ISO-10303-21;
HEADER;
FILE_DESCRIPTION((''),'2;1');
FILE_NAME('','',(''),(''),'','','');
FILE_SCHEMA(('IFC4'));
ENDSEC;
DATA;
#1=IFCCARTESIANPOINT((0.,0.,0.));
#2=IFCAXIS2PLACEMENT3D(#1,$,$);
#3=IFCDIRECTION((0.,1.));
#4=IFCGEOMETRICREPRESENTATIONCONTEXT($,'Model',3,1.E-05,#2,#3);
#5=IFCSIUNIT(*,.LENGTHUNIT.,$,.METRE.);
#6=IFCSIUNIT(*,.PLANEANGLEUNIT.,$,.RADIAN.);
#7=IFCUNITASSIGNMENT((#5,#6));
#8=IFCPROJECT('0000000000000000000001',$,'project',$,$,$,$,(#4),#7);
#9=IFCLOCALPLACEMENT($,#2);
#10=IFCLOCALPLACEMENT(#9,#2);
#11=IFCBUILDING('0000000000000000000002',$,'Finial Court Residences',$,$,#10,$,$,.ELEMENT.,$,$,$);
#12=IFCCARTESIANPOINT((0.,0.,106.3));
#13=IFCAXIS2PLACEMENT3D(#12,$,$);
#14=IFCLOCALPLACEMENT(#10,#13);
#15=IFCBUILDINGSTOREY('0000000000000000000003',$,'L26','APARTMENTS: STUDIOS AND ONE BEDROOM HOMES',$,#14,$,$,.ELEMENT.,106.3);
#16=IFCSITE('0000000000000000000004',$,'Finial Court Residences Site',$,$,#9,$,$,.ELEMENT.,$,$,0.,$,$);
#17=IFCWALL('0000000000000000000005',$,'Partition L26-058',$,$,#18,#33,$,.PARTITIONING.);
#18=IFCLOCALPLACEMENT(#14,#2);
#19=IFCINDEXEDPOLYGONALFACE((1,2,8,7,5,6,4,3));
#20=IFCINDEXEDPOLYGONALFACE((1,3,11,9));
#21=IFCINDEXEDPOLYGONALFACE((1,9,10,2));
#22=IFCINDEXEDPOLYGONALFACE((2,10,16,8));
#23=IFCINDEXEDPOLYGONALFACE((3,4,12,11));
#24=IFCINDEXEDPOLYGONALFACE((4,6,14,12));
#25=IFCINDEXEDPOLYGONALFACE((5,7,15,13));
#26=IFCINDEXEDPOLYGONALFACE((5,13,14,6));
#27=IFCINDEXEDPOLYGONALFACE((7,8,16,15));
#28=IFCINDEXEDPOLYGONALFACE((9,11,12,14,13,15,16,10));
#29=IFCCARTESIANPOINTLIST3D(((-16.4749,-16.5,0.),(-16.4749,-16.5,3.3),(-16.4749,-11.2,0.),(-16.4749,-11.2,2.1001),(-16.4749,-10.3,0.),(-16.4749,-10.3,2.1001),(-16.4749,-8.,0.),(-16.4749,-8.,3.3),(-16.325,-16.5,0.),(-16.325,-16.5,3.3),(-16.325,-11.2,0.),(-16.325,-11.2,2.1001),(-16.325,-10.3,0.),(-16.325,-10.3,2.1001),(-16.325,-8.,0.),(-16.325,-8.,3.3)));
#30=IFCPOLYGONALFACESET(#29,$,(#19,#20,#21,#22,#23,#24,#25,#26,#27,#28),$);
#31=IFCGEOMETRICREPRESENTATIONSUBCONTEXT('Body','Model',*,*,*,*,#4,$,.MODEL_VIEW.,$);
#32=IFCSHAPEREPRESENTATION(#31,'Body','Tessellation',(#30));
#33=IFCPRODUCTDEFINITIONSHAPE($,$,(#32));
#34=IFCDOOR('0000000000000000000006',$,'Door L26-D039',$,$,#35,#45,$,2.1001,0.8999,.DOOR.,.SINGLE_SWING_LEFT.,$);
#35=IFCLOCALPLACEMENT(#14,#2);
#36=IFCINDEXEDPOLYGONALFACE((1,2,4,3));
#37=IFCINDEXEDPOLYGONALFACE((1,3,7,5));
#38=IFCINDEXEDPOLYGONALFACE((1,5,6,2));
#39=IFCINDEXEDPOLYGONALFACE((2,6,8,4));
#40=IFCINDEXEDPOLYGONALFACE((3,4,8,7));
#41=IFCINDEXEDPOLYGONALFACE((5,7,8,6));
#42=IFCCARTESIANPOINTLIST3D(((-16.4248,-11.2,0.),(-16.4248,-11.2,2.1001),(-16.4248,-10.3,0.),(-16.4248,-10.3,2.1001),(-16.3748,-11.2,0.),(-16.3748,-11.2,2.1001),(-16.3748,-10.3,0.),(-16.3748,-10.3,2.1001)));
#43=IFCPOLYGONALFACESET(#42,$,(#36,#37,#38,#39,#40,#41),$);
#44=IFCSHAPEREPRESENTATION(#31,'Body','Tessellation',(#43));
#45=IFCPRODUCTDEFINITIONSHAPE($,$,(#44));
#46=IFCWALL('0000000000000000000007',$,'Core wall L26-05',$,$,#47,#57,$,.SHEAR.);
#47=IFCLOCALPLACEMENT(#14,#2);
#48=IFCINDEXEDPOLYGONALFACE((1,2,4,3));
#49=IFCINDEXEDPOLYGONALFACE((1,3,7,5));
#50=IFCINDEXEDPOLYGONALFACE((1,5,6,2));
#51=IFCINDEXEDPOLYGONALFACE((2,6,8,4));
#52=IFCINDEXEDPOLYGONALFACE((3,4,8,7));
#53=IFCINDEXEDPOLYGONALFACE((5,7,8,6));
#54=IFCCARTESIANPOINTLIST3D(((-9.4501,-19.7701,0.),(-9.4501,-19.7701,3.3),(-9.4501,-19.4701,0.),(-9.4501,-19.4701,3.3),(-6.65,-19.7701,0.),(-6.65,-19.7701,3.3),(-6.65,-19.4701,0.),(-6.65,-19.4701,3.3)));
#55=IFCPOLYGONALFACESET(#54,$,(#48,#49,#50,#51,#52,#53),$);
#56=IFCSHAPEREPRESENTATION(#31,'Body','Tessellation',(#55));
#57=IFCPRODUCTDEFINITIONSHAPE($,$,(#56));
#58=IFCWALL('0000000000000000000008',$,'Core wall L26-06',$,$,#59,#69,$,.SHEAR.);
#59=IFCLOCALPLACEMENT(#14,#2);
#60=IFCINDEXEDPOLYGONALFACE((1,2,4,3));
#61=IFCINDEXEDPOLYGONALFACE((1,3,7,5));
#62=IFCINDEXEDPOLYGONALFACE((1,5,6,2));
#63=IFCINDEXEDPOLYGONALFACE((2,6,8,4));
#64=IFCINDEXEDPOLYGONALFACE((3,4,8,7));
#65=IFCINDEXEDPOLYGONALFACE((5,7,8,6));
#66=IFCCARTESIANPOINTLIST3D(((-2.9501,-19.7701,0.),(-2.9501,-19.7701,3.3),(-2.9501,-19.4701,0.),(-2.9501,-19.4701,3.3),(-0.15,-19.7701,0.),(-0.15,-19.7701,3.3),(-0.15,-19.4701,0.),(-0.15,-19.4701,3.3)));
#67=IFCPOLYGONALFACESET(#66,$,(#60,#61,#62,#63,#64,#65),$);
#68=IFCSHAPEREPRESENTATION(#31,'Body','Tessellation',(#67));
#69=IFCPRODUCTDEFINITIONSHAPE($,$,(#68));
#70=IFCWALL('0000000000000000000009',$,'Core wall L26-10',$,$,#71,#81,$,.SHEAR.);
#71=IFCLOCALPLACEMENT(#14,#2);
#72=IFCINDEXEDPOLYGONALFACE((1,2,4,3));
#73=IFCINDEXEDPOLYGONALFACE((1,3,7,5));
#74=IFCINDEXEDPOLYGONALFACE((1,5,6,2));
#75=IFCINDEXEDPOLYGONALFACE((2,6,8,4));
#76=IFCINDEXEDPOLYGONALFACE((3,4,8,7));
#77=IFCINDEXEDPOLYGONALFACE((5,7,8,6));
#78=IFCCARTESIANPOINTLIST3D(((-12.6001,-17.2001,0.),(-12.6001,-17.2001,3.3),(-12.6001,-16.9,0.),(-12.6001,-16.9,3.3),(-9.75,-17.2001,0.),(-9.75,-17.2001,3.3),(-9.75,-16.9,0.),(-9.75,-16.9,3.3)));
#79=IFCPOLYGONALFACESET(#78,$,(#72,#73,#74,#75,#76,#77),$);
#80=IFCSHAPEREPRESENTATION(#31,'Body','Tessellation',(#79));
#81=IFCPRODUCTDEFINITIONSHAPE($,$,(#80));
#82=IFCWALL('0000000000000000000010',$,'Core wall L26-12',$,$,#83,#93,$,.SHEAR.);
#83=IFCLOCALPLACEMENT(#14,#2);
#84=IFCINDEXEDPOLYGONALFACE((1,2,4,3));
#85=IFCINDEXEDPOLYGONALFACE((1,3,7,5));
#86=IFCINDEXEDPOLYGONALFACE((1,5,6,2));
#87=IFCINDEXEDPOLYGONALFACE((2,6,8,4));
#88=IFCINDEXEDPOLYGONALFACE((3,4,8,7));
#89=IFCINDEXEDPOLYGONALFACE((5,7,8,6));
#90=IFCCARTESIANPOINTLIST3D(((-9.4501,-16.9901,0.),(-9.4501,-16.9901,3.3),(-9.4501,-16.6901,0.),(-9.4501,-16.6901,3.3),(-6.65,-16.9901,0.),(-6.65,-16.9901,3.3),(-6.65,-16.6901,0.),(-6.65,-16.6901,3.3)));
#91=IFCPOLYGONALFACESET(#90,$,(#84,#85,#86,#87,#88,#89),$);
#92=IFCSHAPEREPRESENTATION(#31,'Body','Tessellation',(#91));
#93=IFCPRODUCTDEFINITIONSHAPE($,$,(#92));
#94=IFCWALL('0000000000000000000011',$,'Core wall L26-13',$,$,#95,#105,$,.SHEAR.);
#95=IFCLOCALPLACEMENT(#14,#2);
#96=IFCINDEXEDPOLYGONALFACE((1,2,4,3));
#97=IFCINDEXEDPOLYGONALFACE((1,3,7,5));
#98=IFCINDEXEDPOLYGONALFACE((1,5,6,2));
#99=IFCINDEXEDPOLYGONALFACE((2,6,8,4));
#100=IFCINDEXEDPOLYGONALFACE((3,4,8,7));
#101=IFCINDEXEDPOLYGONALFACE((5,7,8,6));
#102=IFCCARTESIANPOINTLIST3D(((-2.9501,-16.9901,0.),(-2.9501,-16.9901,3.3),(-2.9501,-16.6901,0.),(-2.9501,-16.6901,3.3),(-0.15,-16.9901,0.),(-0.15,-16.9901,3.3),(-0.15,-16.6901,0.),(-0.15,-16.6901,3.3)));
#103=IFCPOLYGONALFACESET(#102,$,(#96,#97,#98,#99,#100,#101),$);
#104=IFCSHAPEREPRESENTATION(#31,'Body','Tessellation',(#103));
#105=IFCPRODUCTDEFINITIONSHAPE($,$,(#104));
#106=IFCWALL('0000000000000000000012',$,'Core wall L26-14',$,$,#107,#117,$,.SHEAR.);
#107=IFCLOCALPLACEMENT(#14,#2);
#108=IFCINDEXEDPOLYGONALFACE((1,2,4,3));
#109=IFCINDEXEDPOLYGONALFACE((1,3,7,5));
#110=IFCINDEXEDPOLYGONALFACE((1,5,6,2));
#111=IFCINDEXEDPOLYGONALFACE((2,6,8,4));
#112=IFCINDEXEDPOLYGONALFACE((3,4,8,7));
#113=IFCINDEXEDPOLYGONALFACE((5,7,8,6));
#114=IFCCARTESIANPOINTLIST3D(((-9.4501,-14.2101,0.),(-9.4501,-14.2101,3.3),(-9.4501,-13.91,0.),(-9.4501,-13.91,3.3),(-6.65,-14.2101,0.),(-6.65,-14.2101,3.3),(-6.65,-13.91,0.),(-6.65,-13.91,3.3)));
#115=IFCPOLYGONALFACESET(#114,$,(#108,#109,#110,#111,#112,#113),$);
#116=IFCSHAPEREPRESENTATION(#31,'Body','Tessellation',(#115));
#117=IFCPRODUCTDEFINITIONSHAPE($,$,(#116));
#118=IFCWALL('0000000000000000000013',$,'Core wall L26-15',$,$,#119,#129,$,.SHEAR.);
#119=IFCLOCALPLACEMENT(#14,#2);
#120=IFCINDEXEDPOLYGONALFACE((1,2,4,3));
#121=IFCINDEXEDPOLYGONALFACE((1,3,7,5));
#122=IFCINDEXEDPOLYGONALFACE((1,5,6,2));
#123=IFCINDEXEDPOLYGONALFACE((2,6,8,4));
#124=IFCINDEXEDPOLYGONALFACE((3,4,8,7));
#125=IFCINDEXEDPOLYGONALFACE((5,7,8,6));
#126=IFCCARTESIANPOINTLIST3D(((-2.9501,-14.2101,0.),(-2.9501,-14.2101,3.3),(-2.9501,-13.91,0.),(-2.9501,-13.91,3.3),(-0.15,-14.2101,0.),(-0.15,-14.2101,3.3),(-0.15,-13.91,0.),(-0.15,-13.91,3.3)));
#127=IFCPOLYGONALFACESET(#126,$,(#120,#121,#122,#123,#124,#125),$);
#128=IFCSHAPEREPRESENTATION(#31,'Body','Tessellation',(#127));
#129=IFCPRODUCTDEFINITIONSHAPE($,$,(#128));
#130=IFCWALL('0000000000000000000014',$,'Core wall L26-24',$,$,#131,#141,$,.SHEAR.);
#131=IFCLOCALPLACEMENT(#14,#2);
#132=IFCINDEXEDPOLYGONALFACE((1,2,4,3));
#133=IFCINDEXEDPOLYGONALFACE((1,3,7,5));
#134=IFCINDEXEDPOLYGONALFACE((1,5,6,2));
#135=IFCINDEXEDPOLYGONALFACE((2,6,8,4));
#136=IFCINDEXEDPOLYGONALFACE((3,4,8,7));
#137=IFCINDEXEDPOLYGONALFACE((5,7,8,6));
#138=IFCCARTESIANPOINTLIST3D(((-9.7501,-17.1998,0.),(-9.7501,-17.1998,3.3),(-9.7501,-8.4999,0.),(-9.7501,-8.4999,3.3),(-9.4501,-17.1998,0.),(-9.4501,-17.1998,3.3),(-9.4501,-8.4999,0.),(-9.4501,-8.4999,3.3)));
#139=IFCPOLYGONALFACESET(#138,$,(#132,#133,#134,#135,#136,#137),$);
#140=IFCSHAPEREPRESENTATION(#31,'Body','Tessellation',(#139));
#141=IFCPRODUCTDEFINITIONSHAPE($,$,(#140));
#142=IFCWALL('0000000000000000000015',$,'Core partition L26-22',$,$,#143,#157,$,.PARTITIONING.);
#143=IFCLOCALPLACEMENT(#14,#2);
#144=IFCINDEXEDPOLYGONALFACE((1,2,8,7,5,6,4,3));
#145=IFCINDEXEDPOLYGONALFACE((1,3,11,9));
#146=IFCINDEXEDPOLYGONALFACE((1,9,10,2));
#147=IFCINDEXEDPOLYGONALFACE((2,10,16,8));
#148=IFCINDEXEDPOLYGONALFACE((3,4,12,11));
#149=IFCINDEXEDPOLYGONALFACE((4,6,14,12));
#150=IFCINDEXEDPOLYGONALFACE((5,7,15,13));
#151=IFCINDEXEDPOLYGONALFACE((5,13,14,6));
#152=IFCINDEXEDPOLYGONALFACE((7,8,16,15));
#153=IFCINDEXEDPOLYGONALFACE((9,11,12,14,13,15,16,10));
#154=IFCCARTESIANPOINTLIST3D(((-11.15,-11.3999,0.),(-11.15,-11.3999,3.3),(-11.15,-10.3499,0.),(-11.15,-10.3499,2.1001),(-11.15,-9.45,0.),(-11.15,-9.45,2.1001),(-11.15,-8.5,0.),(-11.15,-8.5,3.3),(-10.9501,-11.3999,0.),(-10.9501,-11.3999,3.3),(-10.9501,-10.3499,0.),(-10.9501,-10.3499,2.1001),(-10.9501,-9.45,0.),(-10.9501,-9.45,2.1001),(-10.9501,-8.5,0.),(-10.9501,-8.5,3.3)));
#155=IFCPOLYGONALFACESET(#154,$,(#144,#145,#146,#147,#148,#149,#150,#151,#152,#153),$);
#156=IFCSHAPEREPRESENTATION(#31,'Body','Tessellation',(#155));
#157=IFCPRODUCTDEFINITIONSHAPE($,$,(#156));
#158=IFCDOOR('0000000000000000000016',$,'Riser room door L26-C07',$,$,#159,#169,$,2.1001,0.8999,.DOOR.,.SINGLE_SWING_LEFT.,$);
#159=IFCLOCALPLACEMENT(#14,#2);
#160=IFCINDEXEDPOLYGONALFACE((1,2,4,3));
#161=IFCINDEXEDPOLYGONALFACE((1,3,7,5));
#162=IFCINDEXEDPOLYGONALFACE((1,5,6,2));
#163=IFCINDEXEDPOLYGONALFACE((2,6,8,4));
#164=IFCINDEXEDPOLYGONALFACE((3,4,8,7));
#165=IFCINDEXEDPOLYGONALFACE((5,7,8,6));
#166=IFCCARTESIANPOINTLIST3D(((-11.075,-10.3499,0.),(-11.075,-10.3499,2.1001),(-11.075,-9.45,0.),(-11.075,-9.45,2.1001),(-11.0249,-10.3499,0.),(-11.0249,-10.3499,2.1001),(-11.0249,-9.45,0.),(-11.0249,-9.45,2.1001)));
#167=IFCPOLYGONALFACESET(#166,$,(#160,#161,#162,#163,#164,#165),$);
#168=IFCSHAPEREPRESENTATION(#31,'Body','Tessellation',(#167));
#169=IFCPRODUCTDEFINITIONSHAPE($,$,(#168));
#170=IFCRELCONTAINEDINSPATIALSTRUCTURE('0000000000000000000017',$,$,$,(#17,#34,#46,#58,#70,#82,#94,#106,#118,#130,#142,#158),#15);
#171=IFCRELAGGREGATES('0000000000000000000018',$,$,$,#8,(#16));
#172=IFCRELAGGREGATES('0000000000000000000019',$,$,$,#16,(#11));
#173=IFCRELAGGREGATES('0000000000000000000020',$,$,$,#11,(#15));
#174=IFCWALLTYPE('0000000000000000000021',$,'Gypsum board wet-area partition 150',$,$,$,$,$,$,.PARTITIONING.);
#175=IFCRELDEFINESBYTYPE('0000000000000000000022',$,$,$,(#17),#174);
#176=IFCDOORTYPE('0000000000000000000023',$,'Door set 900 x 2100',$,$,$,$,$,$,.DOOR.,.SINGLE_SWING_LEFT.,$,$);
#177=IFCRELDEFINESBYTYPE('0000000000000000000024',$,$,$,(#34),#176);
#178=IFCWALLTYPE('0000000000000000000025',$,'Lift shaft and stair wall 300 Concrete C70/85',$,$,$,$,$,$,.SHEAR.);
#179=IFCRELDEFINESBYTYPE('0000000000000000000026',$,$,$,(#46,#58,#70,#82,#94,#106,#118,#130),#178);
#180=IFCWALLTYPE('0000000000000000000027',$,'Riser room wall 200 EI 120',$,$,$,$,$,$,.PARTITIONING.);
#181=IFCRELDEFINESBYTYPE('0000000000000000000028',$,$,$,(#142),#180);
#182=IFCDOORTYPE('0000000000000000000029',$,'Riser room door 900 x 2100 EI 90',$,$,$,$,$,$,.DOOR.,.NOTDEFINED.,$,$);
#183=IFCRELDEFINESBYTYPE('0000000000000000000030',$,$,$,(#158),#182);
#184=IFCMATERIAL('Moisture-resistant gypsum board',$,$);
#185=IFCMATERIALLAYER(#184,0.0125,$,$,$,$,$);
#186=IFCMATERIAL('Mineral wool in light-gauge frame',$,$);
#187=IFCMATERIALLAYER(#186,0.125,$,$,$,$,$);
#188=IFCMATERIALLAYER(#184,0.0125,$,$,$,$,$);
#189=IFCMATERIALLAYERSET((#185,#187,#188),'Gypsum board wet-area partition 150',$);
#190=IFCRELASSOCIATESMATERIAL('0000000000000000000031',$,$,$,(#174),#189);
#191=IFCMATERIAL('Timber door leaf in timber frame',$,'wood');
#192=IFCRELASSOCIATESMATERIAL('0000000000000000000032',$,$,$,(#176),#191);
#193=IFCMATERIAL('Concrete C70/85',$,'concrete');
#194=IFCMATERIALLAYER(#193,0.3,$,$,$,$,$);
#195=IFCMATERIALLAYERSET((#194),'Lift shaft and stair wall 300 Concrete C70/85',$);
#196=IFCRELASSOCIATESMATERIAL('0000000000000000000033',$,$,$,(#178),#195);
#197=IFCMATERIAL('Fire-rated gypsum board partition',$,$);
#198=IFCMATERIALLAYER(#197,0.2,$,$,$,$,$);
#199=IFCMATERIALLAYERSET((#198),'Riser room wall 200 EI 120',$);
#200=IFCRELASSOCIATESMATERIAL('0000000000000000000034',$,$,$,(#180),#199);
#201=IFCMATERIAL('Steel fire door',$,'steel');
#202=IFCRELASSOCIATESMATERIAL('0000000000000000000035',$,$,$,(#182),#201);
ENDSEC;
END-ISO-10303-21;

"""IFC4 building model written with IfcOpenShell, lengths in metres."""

from ifc_helpers import new_model, si_unit, direction, frame, frame_2d, origin, place, context, subcontext, project, spatial, rectangle, extrude, material, layer, layer_set, type_object, element, fill, save


model = new_model("IFC4")

# Units and contexts
model_context = context("Model", 3, precision=1e-05, world=origin(), true_north=direction((0.0, 1.0)))
body_context = subcontext(model_context, "Body", "Model", "MODEL_VIEW")
ifc_project = project(units=[si_unit("LENGTHUNIT", "METRE"), si_unit("PLANEANGLEUNIT", "RADIAN")], contexts=[model_context])

# Site, building, storey
site_placement = place(None, origin())
site = spatial("IfcSite", under=ifc_project, at=site_placement, Name="Finial Court Residences Site", CompositionType="ELEMENT", RefElevation=0.0)
building_placement = place(site_placement, origin())
building = spatial("IfcBuilding", under=site, at=building_placement, Name="Finial Court Residences", CompositionType="ELEMENT")
storey_placement = place(building_placement, frame((0.0, 0.0, 106.3)))
storey = spatial("IfcBuildingStorey", under=building, at=storey_placement, Name="L26", Description="APARTMENTS: STUDIOS AND ONE BEDROOM HOMES", CompositionType="ELEMENT", Elevation=106.3)

# Wall, opening, door
ifc_material_1 = material(Name="Moisture-resistant gypsum board")
ifc_layer_1 = layer(ifc_material_1, 0.0125)
ifc_material_2 = material(Name="Mineral wool in light-gauge frame")
ifc_layer_2 = layer(ifc_material_2, 0.125)
ifc_layer_3 = layer(ifc_material_1, 0.0125)
ifc_layer_set_1 = layer_set([ifc_layer_1, ifc_layer_2, ifc_layer_3], Name="Gypsum board wet-area partition 150")
wall_type_1 = type_object("IfcWallType", Name="Gypsum board wet-area partition 150", PredefinedType="PARTITIONING", material=ifc_layer_set_1)
wall_1_placement = place(storey_placement, frame((-16.3999, -16.5, 0.0), z_axis=(0.0, 0.0, 1.0), x_axis=(0.0, 1.0, 0.0)))
wall_1 = element("IfcWall", 1, at=wall_1_placement, inside=storey, type_object=wall_type_1, Name="Partition L26-058", PredefinedType="PARTITIONING", context=body_context, shape_type="SweptSolid", body=[
    extrude(rectangle(XDim=8.5, YDim=0.1499, at=frame_2d((4.25, 0.0))), origin(), (0.0, 0.0, 1.0), 3.3),
])
opening_1_placement = place(wall_1_placement, frame((5.3, 0.0, 0.0)))
opening_1 = element("IfcOpeningElement", 2, at=opening_1_placement, cuts=wall_1, PredefinedType="OPENING", context=body_context, shape_type="SweptSolid", body=[
    extrude(rectangle(XDim=0.8999, YDim=2.1001, at=frame_2d((0.45, 1.05))), frame((0.0, 0.085, 0.0), z_axis=(0.0, -1.0, 0.0), x_axis=(1.0, 0.0, 0.0)), (0.0, 0.0, 1.0), 0.1699),
])
ifc_material_3 = material(Name="Timber door leaf in timber frame", Category="wood")
door_type_1 = type_object("IfcDoorType", Name="Door set 900 x 2100", OperationType="SINGLE_SWING_LEFT", PredefinedType="DOOR", material=ifc_material_3)
door_1_placement = place(opening_1_placement, origin())
door_1 = element("IfcDoor", 3, at=door_1_placement, inside=storey, type_object=door_type_1, Name="Door L26-D039", OperationType="SINGLE_SWING_LEFT", OverallHeight=2.1001, OverallWidth=0.8999, PredefinedType="DOOR", context=body_context, shape_type="SweptSolid", body=[
    extrude(rectangle(XDim=0.8999, YDim=2.1001, at=frame_2d((0.45, 1.05))), frame((0.0, 0.0249, 0.0), z_axis=(0.0, -1.0, 0.0), x_axis=(1.0, 0.0, 0.0)), (0.0, 0.0, 1.0), 0.05),
])
fill(opening_1, door_1)

# Walls
ifc_material_4 = material(Name="Concrete C70/85", Category="concrete")
ifc_layer_4 = layer(ifc_material_4, 0.3)
ifc_layer_set_2 = layer_set([ifc_layer_4], Name="Lift shaft and stair wall 300 Concrete C70/85")
wall_type_2 = type_object("IfcWallType", Name="Lift shaft and stair wall 300 Concrete C70/85", PredefinedType="SHEAR", material=ifc_layer_set_2)
for number, where, z_axis, x_axis, name in (
    (4, (-9.45, -19.6201, 0.0), (0.0, 0.0, 1.0), (1.0, 0.0, 0.0), "Core wall L26-05"),
    (5, (-2.95, -19.6201, 0.0), (0.0, 0.0, 1.0), (1.0, 0.0, 0.0), "Core wall L26-06"),
):
    element("IfcWall", number, at=place(storey_placement, frame(where, z_axis=z_axis, x_axis=x_axis)), inside=storey, type_object=wall_type_2, Name=name, PredefinedType="SHEAR", context=body_context, shape_type="SweptSolid", body=[
        extrude(rectangle(XDim=2.8, YDim=0.3, at=frame_2d((1.3999, 0.0))), origin(), (0.0, 0.0, 1.0), 3.3),
    ])
wall_2_placement = place(storey_placement, frame((-12.6001, -17.05, 0.0), z_axis=(0.0, 0.0, 1.0), x_axis=(1.0, 0.0, 0.0)))
element("IfcWall", 6, at=wall_2_placement, inside=storey, type_object=wall_type_2, Name="Core wall L26-10", PredefinedType="SHEAR", context=body_context, shape_type="SweptSolid", body=[
    extrude(rectangle(XDim=2.8501, YDim=0.3, at=frame_2d((1.425, 0.0))), origin(), (0.0, 0.0, 1.0), 3.3),
])
for number, where, z_axis, x_axis, name in (
    (7, (-9.45, -16.8401, 0.0), (0.0, 0.0, 1.0), (1.0, 0.0, 0.0), "Core wall L26-12"),
    (8, (-2.95, -16.8401, 0.0), (0.0, 0.0, 1.0), (1.0, 0.0, 0.0), "Core wall L26-13"),
    (9, (-9.45, -14.0601, 0.0), (0.0, 0.0, 1.0), (1.0, 0.0, 0.0), "Core wall L26-14"),
    (10, (-2.95, -14.0601, 0.0), (0.0, 0.0, 1.0), (1.0, 0.0, 0.0), "Core wall L26-15"),
):
    element("IfcWall", number, at=place(storey_placement, frame(where, z_axis=z_axis, x_axis=x_axis)), inside=storey, type_object=wall_type_2, Name=name, PredefinedType="SHEAR", context=body_context, shape_type="SweptSolid", body=[
        extrude(rectangle(XDim=2.8, YDim=0.3, at=frame_2d((1.3999, 0.0))), origin(), (0.0, 0.0, 1.0), 3.3),
    ])
wall_3_placement = place(storey_placement, frame((-9.6001, -17.2, 0.0), z_axis=(0.0, 0.0, 1.0), x_axis=(0.0, 1.0, 0.0)))
element("IfcWall", 11, at=wall_3_placement, inside=storey, type_object=wall_type_2, Name="Core wall L26-24", PredefinedType="SHEAR", context=body_context, shape_type="SweptSolid", body=[
    extrude(rectangle(XDim=8.7, YDim=0.3, at=frame_2d((4.3501, 0.0))), origin(), (0.0, 0.0, 1.0), 3.3),
])

# Wall, opening, door
ifc_material_5 = material(Name="Fire-rated gypsum board partition")
ifc_layer_5 = layer(ifc_material_5, 0.2)
ifc_layer_set_3 = layer_set([ifc_layer_5], Name="Riser room wall 200 EI 120")
wall_type_3 = type_object("IfcWallType", Name="Riser room wall 200 EI 120", PredefinedType="PARTITIONING", material=ifc_layer_set_3)
wall_4_placement = place(storey_placement, frame((-11.05, -11.3999, 0.0), z_axis=(0.0, 0.0, 1.0), x_axis=(0.0, 1.0, 0.0)))
wall_4 = element("IfcWall", 12, at=wall_4_placement, inside=storey, type_object=wall_type_3, Name="Core partition L26-22", PredefinedType="PARTITIONING", context=body_context, shape_type="SweptSolid", body=[
    extrude(rectangle(XDim=2.8999, YDim=0.2, at=frame_2d((1.45, 0.0))), origin(), (0.0, 0.0, 1.0), 3.3),
])
opening_2_placement = place(wall_4_placement, frame((1.05, 0.0, 0.0)))
opening_2 = element("IfcOpeningElement", 13, at=opening_2_placement, cuts=wall_4, PredefinedType="OPENING", context=body_context, shape_type="SweptSolid", body=[
    extrude(rectangle(XDim=0.8999, YDim=2.1001, at=frame_2d((0.45, 1.05))), frame((0.0, 0.1099, 0.0), z_axis=(0.0, -1.0, 0.0), x_axis=(1.0, 0.0, 0.0)), (0.0, 0.0, 1.0), 0.22),
])
ifc_material_6 = material(Name="Steel fire door", Category="steel")
door_type_2 = type_object("IfcDoorType", Name="Riser room door 900 x 2100 EI 90", OperationType="NOTDEFINED", PredefinedType="DOOR", material=ifc_material_6)
door_2_placement = place(opening_2_placement, origin())
door_2 = element("IfcDoor", 14, at=door_2_placement, inside=storey, type_object=door_type_2, Name="Riser room door L26-C07", OperationType="SINGLE_SWING_LEFT", OverallHeight=2.1001, OverallWidth=0.8999, PredefinedType="DOOR", context=body_context, shape_type="SweptSolid", body=[
    extrude(rectangle(XDim=0.8999, YDim=2.1001, at=frame_2d((0.45, 1.05))), frame((0.0, 0.0249, 0.0), z_axis=(0.0, -1.0, 0.0), x_axis=(1.0, 0.0, 0.0)), (0.0, 0.0, 1.0), 0.05),
])
fill(opening_2, door_2)

save(model, "model.ifc")
